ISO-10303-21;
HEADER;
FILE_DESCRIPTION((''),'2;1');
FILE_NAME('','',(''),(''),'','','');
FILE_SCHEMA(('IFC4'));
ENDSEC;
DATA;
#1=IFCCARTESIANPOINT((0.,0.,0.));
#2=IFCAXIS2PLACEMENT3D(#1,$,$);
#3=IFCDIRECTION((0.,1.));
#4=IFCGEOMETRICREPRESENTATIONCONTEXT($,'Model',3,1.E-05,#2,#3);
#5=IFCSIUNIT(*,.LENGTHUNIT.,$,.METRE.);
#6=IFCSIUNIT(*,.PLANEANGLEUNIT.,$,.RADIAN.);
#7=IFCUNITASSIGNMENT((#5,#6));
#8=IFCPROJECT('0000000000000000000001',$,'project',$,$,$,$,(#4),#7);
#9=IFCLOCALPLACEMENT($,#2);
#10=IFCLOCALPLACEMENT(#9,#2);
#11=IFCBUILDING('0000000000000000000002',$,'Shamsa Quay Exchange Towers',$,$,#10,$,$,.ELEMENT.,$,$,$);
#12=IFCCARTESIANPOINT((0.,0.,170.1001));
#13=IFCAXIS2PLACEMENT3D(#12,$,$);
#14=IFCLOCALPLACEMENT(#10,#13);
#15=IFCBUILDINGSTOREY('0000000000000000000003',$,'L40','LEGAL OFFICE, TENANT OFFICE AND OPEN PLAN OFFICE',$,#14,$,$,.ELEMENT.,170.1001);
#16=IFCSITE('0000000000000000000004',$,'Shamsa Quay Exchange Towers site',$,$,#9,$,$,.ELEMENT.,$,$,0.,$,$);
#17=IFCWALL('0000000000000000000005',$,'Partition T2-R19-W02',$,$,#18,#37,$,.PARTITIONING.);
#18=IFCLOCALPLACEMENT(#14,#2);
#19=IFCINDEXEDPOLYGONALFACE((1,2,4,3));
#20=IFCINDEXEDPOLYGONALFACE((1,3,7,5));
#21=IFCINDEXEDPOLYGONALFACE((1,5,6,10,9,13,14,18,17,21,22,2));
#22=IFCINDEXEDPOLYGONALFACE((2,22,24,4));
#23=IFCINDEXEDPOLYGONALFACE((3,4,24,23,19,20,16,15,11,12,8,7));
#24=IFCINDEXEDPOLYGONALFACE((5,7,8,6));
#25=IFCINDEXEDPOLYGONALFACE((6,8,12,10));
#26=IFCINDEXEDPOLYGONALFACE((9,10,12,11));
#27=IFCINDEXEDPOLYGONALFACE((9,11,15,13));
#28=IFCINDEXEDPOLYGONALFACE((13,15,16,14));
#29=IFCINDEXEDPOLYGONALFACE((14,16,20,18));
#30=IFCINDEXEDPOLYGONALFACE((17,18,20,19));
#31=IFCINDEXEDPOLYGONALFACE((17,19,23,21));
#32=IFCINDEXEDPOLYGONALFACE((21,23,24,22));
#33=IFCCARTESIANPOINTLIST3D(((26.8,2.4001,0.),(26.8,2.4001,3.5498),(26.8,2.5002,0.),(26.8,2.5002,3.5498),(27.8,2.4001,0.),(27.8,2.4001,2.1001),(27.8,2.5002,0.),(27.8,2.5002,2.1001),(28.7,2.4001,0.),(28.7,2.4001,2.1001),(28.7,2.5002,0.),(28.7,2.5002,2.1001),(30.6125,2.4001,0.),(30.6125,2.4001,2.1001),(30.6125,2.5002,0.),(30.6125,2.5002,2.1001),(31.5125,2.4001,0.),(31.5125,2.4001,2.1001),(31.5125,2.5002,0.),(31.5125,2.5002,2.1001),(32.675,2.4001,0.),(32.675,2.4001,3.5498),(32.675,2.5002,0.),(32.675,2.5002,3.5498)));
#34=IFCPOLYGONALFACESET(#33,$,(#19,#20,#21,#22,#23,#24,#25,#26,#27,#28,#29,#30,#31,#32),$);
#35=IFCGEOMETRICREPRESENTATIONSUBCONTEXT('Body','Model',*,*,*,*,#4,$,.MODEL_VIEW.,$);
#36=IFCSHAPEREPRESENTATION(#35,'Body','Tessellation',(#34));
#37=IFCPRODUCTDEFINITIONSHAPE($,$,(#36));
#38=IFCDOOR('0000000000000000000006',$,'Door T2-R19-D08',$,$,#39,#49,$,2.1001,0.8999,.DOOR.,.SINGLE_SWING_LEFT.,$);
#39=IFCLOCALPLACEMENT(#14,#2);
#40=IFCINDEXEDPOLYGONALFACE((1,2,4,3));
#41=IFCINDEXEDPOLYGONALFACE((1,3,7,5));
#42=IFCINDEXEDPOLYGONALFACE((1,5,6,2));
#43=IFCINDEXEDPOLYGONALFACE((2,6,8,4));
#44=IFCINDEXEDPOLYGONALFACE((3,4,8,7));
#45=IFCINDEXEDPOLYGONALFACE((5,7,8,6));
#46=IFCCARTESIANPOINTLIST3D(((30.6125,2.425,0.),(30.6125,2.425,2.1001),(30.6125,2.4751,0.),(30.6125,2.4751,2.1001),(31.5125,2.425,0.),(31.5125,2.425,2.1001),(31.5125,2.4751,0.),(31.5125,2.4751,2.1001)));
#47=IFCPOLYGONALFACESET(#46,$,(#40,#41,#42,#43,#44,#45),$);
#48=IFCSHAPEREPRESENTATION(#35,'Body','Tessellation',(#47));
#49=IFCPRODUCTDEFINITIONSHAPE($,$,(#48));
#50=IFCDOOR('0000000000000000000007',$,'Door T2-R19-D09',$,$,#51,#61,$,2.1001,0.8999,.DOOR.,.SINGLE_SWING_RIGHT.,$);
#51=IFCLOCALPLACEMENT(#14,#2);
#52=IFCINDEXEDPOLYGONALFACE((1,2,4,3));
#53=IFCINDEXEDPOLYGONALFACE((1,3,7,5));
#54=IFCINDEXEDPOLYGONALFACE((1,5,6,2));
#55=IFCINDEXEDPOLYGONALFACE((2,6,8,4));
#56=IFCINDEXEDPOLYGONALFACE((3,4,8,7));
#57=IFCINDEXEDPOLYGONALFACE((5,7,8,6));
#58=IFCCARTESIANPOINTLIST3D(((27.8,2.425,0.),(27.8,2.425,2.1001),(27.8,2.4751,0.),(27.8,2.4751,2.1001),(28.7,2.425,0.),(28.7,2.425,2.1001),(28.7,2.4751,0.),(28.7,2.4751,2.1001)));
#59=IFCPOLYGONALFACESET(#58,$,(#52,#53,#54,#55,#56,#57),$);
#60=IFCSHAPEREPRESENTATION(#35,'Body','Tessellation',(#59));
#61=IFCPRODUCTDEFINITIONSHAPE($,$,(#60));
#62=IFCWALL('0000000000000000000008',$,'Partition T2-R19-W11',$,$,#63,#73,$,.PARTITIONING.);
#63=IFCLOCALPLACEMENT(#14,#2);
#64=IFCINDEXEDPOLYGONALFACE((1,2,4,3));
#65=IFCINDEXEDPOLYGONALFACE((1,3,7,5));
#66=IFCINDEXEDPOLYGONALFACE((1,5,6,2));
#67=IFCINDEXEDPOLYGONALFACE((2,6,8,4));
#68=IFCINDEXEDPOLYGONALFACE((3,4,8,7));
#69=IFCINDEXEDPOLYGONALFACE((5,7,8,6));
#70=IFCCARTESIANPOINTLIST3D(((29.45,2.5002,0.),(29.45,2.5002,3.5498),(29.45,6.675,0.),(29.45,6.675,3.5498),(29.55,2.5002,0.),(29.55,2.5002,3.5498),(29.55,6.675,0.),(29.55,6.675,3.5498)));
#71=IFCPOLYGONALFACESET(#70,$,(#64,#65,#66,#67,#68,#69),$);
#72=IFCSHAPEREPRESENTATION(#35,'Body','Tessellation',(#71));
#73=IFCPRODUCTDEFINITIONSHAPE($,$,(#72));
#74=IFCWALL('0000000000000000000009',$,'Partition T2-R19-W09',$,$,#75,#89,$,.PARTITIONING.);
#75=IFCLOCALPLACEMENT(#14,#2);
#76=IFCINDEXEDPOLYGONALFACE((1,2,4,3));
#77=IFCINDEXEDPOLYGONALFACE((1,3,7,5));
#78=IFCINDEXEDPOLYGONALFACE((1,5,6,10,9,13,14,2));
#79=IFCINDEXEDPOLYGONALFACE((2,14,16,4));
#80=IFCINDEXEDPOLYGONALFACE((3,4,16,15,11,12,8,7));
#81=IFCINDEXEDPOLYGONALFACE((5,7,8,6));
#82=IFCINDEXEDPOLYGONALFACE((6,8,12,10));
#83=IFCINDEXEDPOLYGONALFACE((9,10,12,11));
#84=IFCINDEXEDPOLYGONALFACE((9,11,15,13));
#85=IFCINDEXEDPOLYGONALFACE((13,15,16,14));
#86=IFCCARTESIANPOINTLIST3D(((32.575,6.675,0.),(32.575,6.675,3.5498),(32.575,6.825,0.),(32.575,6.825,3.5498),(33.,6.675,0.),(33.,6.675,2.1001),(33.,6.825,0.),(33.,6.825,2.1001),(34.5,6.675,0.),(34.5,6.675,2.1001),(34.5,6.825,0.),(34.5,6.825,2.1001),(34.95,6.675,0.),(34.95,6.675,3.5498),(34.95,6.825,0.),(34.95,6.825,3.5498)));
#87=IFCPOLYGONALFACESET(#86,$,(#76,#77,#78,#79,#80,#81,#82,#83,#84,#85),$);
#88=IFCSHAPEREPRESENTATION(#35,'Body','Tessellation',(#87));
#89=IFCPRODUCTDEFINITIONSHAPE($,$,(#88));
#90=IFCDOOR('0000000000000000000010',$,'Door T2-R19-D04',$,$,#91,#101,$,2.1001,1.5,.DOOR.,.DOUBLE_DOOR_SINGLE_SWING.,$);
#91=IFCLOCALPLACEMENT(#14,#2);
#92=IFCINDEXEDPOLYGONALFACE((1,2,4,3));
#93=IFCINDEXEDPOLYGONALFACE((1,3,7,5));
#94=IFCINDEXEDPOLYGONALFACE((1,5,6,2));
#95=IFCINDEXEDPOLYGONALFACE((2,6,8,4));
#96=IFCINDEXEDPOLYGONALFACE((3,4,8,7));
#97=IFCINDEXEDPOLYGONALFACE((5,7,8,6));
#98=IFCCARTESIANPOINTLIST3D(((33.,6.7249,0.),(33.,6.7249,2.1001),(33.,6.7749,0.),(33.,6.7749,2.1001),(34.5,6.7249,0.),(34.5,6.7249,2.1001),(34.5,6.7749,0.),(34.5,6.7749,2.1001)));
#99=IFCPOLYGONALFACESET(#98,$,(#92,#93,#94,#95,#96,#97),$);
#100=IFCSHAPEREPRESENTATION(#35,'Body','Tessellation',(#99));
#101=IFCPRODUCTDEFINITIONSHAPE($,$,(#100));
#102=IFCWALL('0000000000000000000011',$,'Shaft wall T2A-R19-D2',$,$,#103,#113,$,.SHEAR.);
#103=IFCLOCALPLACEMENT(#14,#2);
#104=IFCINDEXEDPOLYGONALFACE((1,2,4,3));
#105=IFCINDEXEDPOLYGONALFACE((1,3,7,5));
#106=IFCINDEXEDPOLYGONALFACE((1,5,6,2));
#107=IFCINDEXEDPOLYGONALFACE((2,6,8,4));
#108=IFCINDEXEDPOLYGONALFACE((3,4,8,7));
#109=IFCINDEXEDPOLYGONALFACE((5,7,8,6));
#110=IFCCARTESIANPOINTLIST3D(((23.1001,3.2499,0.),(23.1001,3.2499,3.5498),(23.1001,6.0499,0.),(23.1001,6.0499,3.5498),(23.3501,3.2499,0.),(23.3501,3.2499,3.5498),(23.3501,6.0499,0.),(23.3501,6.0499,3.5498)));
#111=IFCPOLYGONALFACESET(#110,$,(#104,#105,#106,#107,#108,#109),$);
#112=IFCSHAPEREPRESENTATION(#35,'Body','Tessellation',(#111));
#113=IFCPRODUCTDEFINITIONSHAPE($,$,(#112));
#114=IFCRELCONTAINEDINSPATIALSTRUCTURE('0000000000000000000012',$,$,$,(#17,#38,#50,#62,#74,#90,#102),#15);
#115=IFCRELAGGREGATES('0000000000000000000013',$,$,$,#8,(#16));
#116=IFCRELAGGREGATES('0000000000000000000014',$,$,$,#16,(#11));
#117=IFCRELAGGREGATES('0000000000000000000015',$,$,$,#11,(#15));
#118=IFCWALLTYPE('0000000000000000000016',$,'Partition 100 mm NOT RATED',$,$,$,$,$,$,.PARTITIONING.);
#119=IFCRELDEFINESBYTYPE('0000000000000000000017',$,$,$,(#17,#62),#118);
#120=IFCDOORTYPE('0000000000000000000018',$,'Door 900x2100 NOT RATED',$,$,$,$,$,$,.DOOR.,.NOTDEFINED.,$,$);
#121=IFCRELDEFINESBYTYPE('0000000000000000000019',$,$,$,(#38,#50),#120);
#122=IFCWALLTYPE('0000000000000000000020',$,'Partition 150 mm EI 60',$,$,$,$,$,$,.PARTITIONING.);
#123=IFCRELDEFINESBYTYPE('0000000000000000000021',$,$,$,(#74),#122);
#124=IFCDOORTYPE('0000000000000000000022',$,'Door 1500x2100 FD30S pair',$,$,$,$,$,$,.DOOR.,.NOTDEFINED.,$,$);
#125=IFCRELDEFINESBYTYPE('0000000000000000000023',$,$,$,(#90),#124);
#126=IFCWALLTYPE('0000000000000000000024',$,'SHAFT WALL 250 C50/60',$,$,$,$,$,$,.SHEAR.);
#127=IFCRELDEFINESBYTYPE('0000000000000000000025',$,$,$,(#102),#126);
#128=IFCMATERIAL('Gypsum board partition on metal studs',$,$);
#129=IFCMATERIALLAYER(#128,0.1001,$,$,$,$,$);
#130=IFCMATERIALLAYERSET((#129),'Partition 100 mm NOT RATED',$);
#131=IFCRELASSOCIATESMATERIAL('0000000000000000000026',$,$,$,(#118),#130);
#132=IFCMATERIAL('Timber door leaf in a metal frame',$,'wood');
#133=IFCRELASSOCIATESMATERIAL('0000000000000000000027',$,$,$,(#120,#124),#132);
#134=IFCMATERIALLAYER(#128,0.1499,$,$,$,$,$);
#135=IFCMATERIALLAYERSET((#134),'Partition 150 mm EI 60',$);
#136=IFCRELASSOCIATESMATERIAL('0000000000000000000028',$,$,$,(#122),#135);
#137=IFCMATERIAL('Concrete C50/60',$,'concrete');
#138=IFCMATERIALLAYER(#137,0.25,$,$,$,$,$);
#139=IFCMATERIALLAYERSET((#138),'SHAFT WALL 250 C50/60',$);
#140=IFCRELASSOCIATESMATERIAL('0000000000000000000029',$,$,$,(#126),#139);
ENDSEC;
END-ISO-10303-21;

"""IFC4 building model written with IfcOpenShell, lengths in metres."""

from ifc_helpers import new_model, si_unit, direction, frame, frame_2d, origin, place, context, subcontext, project, spatial, rectangle, extrude, material, layer, layer_set, type_object, element, fill, save


model = new_model("IFC4")

# Units and contexts
model_context = context("Model", 3, precision=1e-05, world=origin(), true_north=direction((0.0, 1.0)))
body_context = subcontext(model_context, "Body", "Model", "MODEL_VIEW")
ifc_project = project(units=[si_unit("LENGTHUNIT", "METRE"), si_unit("PLANEANGLEUNIT", "RADIAN")], contexts=[model_context])

# Site, building, storey
site_placement = place(None, origin())
site = spatial("IfcSite", under=ifc_project, at=site_placement, Name="Shamsa Quay Exchange Towers site", CompositionType="ELEMENT", RefElevation=0.0)
building_placement = place(site_placement, origin())
building = spatial("IfcBuilding", under=site, at=building_placement, Name="Shamsa Quay Exchange Towers", CompositionType="ELEMENT")
storey_placement = place(building_placement, frame((0.0, 0.0, 170.1001)))
storey = spatial("IfcBuildingStorey", under=building, at=storey_placement, Name="L40", Description="LEGAL OFFICE, TENANT OFFICE AND OPEN PLAN OFFICE", CompositionType="ELEMENT", Elevation=170.1001)

# Wall, openings, doors
ifc_material_1 = material(Name="Gypsum board partition on metal studs")
ifc_layer_1 = layer(ifc_material_1, 0.1001)
ifc_layer_set_1 = layer_set([ifc_layer_1], Name="Partition 100 mm NOT RATED")
wall_type_1 = type_object("IfcWallType", Name="Partition 100 mm NOT RATED", PredefinedType="PARTITIONING", material=ifc_layer_set_1)
wall_1_placement = place(storey_placement, frame((26.8, 2.4502, 0.0)))
wall_1 = element("IfcWall", 1, at=wall_1_placement, inside=storey, type_object=wall_type_1, Name="Partition T2-R19-W02", PredefinedType="PARTITIONING", context=body_context, shape_type="SweptSolid", body=[
    extrude(rectangle(XDim=5.875, YDim=0.1001, at=frame_2d((2.9375, 0.0))), origin(), (0.0, 0.0, 1.0), 3.5498),
])
opening_1_placement = place(wall_1_placement, frame((3.8125, 0.0, 0.0)))
opening_1 = element("IfcOpeningElement", 2, at=opening_1_placement, cuts=wall_1, PredefinedType="OPENING", context=body_context, shape_type="SweptSolid", body=[
    extrude(rectangle(XDim=0.8999, YDim=2.1001, at=frame_2d((0.45, 1.05))), frame((0.0, 0.0601, 0.0), z_axis=(0.0, -1.0, 0.0), x_axis=(1.0, 0.0, 0.0)), (0.0, 0.0, 1.0), 0.1201),
])
opening_2_placement = place(wall_1_placement, frame((1.0, 0.0, 0.0)))
opening_2 = element("IfcOpeningElement", 3, at=opening_2_placement, cuts=wall_1, PredefinedType="OPENING", context=body_context, shape_type="SweptSolid", body=[
    extrude(rectangle(XDim=0.8999, YDim=2.1001, at=frame_2d((0.45, 1.05))), frame((0.0, 0.0601, 0.0), z_axis=(0.0, -1.0, 0.0), x_axis=(1.0, 0.0, 0.0)), (0.0, 0.0, 1.0), 0.1201),
])
ifc_material_2 = material(Name="Timber door leaf in a metal frame", Category="wood")
door_type_1 = type_object("IfcDoorType", Name="Door 900x2100 NOT RATED", OperationType="NOTDEFINED", PredefinedType="DOOR", material=ifc_material_2)
door_1_placement = place(opening_1_placement, origin())
door_1 = element("IfcDoor", 4, at=door_1_placement, inside=storey, type_object=door_type_1, Name="Door T2-R19-D08", OperationType="SINGLE_SWING_LEFT", OverallHeight=2.1001, OverallWidth=0.8999, PredefinedType="DOOR", context=body_context, shape_type="SweptSolid", body=[
    extrude(rectangle(XDim=0.8999, YDim=2.1001, at=frame_2d((0.45, 1.05))), frame((0.0, 0.0249, 0.0), z_axis=(0.0, -1.0, 0.0), x_axis=(1.0, 0.0, 0.0)), (0.0, 0.0, 1.0), 0.05),
])
fill(opening_1, door_1)
door_2_placement = place(opening_2_placement, origin())
door_2 = element("IfcDoor", 5, at=door_2_placement, inside=storey, type_object=door_type_1, Name="Door T2-R19-D09", OperationType="SINGLE_SWING_RIGHT", OverallHeight=2.1001, OverallWidth=0.8999, PredefinedType="DOOR", context=body_context, shape_type="SweptSolid", body=[
    extrude(rectangle(XDim=0.8999, YDim=2.1001, at=frame_2d((0.45, 1.05))), frame((0.0, 0.0249, 0.0), z_axis=(0.0, -1.0, 0.0), x_axis=(1.0, 0.0, 0.0)), (0.0, 0.0, 1.0), 0.05),
])
fill(opening_2, door_2)

# Wall
wall_2_placement = place(storey_placement, frame((29.5, 6.675, 0.0), z_axis=(0.0, 0.0, 1.0), x_axis=(0.0, -1.0, 0.0)))
element("IfcWall", 6, at=wall_2_placement, inside=storey, type_object=wall_type_1, Name="Partition T2-R19-W11", PredefinedType="PARTITIONING", context=body_context, shape_type="SweptSolid", body=[
    extrude(rectangle(XDim=4.1748, YDim=0.1001, at=frame_2d((2.0874, 0.0))), origin(), (0.0, 0.0, 1.0), 3.5498),
])

# Wall, opening, door
ifc_layer_2 = layer(ifc_material_1, 0.1499)
ifc_layer_set_2 = layer_set([ifc_layer_2], Name="Partition 150 mm EI 60")
wall_type_2 = type_object("IfcWallType", Name="Partition 150 mm EI 60", PredefinedType="PARTITIONING", material=ifc_layer_set_2)
wall_3_placement = place(storey_placement, frame((32.575, 6.75, 0.0)))
wall_3 = element("IfcWall", 7, at=wall_3_placement, inside=storey, type_object=wall_type_2, Name="Partition T2-R19-W09", PredefinedType="PARTITIONING", context=body_context, shape_type="SweptSolid", body=[
    extrude(rectangle(XDim=2.375, YDim=0.1499, at=frame_2d((1.1875, 0.0))), origin(), (0.0, 0.0, 1.0), 3.5498),
])
opening_3_placement = place(wall_3_placement, frame((0.425, 0.0, 0.0)))
opening_3 = element("IfcOpeningElement", 8, at=opening_3_placement, cuts=wall_3, PredefinedType="OPENING", context=body_context, shape_type="SweptSolid", body=[
    extrude(rectangle(XDim=1.5, YDim=2.1001, at=frame_2d((0.75, 1.05))), frame((0.0, 0.085, 0.0), z_axis=(0.0, -1.0, 0.0), x_axis=(1.0, 0.0, 0.0)), (0.0, 0.0, 1.0), 0.1699),
])
door_type_2 = type_object("IfcDoorType", Name="Door 1500x2100 FD30S pair", OperationType="NOTDEFINED", PredefinedType="DOOR", material=ifc_material_2)
door_3_placement = place(opening_3_placement, origin())
door_3 = element("IfcDoor", 9, at=door_3_placement, inside=storey, type_object=door_type_2, Name="Door T2-R19-D04", OperationType="DOUBLE_DOOR_SINGLE_SWING", OverallHeight=2.1001, OverallWidth=1.5, PredefinedType="DOOR", context=body_context, shape_type="SweptSolid", body=[
    extrude(rectangle(XDim=1.5, YDim=2.1001, at=frame_2d((0.75, 1.05))), frame((0.0, 0.0249, 0.0), z_axis=(0.0, -1.0, 0.0), x_axis=(1.0, 0.0, 0.0)), (0.0, 0.0, 1.0), 0.05),
])
fill(opening_3, door_3)

# Wall
ifc_material_3 = material(Name="Concrete C50/60", Category="concrete")
ifc_layer_3 = layer(ifc_material_3, 0.25)
ifc_layer_set_3 = layer_set([ifc_layer_3], Name="SHAFT WALL 250 C50/60")
wall_type_3 = type_object("IfcWallType", Name="SHAFT WALL 250 C50/60", PredefinedType="SHEAR", material=ifc_layer_set_3)
wall_4_placement = place(storey_placement, frame((23.2251, 3.25, 0.0), z_axis=(0.0, 0.0, 1.0), x_axis=(0.0, 1.0, 0.0)))
element("IfcWall", 10, at=wall_4_placement, inside=storey, type_object=wall_type_3, Name="Shaft wall T2A-R19-D2", PredefinedType="SHEAR", context=body_context, shape_type="SweptSolid", body=[
    extrude(rectangle(XDim=2.8, YDim=0.25, at=frame_2d((1.3999, 0.0))), origin(), (0.0, 0.0, 1.0), 3.5498),
])

save(model, "model.ifc")
